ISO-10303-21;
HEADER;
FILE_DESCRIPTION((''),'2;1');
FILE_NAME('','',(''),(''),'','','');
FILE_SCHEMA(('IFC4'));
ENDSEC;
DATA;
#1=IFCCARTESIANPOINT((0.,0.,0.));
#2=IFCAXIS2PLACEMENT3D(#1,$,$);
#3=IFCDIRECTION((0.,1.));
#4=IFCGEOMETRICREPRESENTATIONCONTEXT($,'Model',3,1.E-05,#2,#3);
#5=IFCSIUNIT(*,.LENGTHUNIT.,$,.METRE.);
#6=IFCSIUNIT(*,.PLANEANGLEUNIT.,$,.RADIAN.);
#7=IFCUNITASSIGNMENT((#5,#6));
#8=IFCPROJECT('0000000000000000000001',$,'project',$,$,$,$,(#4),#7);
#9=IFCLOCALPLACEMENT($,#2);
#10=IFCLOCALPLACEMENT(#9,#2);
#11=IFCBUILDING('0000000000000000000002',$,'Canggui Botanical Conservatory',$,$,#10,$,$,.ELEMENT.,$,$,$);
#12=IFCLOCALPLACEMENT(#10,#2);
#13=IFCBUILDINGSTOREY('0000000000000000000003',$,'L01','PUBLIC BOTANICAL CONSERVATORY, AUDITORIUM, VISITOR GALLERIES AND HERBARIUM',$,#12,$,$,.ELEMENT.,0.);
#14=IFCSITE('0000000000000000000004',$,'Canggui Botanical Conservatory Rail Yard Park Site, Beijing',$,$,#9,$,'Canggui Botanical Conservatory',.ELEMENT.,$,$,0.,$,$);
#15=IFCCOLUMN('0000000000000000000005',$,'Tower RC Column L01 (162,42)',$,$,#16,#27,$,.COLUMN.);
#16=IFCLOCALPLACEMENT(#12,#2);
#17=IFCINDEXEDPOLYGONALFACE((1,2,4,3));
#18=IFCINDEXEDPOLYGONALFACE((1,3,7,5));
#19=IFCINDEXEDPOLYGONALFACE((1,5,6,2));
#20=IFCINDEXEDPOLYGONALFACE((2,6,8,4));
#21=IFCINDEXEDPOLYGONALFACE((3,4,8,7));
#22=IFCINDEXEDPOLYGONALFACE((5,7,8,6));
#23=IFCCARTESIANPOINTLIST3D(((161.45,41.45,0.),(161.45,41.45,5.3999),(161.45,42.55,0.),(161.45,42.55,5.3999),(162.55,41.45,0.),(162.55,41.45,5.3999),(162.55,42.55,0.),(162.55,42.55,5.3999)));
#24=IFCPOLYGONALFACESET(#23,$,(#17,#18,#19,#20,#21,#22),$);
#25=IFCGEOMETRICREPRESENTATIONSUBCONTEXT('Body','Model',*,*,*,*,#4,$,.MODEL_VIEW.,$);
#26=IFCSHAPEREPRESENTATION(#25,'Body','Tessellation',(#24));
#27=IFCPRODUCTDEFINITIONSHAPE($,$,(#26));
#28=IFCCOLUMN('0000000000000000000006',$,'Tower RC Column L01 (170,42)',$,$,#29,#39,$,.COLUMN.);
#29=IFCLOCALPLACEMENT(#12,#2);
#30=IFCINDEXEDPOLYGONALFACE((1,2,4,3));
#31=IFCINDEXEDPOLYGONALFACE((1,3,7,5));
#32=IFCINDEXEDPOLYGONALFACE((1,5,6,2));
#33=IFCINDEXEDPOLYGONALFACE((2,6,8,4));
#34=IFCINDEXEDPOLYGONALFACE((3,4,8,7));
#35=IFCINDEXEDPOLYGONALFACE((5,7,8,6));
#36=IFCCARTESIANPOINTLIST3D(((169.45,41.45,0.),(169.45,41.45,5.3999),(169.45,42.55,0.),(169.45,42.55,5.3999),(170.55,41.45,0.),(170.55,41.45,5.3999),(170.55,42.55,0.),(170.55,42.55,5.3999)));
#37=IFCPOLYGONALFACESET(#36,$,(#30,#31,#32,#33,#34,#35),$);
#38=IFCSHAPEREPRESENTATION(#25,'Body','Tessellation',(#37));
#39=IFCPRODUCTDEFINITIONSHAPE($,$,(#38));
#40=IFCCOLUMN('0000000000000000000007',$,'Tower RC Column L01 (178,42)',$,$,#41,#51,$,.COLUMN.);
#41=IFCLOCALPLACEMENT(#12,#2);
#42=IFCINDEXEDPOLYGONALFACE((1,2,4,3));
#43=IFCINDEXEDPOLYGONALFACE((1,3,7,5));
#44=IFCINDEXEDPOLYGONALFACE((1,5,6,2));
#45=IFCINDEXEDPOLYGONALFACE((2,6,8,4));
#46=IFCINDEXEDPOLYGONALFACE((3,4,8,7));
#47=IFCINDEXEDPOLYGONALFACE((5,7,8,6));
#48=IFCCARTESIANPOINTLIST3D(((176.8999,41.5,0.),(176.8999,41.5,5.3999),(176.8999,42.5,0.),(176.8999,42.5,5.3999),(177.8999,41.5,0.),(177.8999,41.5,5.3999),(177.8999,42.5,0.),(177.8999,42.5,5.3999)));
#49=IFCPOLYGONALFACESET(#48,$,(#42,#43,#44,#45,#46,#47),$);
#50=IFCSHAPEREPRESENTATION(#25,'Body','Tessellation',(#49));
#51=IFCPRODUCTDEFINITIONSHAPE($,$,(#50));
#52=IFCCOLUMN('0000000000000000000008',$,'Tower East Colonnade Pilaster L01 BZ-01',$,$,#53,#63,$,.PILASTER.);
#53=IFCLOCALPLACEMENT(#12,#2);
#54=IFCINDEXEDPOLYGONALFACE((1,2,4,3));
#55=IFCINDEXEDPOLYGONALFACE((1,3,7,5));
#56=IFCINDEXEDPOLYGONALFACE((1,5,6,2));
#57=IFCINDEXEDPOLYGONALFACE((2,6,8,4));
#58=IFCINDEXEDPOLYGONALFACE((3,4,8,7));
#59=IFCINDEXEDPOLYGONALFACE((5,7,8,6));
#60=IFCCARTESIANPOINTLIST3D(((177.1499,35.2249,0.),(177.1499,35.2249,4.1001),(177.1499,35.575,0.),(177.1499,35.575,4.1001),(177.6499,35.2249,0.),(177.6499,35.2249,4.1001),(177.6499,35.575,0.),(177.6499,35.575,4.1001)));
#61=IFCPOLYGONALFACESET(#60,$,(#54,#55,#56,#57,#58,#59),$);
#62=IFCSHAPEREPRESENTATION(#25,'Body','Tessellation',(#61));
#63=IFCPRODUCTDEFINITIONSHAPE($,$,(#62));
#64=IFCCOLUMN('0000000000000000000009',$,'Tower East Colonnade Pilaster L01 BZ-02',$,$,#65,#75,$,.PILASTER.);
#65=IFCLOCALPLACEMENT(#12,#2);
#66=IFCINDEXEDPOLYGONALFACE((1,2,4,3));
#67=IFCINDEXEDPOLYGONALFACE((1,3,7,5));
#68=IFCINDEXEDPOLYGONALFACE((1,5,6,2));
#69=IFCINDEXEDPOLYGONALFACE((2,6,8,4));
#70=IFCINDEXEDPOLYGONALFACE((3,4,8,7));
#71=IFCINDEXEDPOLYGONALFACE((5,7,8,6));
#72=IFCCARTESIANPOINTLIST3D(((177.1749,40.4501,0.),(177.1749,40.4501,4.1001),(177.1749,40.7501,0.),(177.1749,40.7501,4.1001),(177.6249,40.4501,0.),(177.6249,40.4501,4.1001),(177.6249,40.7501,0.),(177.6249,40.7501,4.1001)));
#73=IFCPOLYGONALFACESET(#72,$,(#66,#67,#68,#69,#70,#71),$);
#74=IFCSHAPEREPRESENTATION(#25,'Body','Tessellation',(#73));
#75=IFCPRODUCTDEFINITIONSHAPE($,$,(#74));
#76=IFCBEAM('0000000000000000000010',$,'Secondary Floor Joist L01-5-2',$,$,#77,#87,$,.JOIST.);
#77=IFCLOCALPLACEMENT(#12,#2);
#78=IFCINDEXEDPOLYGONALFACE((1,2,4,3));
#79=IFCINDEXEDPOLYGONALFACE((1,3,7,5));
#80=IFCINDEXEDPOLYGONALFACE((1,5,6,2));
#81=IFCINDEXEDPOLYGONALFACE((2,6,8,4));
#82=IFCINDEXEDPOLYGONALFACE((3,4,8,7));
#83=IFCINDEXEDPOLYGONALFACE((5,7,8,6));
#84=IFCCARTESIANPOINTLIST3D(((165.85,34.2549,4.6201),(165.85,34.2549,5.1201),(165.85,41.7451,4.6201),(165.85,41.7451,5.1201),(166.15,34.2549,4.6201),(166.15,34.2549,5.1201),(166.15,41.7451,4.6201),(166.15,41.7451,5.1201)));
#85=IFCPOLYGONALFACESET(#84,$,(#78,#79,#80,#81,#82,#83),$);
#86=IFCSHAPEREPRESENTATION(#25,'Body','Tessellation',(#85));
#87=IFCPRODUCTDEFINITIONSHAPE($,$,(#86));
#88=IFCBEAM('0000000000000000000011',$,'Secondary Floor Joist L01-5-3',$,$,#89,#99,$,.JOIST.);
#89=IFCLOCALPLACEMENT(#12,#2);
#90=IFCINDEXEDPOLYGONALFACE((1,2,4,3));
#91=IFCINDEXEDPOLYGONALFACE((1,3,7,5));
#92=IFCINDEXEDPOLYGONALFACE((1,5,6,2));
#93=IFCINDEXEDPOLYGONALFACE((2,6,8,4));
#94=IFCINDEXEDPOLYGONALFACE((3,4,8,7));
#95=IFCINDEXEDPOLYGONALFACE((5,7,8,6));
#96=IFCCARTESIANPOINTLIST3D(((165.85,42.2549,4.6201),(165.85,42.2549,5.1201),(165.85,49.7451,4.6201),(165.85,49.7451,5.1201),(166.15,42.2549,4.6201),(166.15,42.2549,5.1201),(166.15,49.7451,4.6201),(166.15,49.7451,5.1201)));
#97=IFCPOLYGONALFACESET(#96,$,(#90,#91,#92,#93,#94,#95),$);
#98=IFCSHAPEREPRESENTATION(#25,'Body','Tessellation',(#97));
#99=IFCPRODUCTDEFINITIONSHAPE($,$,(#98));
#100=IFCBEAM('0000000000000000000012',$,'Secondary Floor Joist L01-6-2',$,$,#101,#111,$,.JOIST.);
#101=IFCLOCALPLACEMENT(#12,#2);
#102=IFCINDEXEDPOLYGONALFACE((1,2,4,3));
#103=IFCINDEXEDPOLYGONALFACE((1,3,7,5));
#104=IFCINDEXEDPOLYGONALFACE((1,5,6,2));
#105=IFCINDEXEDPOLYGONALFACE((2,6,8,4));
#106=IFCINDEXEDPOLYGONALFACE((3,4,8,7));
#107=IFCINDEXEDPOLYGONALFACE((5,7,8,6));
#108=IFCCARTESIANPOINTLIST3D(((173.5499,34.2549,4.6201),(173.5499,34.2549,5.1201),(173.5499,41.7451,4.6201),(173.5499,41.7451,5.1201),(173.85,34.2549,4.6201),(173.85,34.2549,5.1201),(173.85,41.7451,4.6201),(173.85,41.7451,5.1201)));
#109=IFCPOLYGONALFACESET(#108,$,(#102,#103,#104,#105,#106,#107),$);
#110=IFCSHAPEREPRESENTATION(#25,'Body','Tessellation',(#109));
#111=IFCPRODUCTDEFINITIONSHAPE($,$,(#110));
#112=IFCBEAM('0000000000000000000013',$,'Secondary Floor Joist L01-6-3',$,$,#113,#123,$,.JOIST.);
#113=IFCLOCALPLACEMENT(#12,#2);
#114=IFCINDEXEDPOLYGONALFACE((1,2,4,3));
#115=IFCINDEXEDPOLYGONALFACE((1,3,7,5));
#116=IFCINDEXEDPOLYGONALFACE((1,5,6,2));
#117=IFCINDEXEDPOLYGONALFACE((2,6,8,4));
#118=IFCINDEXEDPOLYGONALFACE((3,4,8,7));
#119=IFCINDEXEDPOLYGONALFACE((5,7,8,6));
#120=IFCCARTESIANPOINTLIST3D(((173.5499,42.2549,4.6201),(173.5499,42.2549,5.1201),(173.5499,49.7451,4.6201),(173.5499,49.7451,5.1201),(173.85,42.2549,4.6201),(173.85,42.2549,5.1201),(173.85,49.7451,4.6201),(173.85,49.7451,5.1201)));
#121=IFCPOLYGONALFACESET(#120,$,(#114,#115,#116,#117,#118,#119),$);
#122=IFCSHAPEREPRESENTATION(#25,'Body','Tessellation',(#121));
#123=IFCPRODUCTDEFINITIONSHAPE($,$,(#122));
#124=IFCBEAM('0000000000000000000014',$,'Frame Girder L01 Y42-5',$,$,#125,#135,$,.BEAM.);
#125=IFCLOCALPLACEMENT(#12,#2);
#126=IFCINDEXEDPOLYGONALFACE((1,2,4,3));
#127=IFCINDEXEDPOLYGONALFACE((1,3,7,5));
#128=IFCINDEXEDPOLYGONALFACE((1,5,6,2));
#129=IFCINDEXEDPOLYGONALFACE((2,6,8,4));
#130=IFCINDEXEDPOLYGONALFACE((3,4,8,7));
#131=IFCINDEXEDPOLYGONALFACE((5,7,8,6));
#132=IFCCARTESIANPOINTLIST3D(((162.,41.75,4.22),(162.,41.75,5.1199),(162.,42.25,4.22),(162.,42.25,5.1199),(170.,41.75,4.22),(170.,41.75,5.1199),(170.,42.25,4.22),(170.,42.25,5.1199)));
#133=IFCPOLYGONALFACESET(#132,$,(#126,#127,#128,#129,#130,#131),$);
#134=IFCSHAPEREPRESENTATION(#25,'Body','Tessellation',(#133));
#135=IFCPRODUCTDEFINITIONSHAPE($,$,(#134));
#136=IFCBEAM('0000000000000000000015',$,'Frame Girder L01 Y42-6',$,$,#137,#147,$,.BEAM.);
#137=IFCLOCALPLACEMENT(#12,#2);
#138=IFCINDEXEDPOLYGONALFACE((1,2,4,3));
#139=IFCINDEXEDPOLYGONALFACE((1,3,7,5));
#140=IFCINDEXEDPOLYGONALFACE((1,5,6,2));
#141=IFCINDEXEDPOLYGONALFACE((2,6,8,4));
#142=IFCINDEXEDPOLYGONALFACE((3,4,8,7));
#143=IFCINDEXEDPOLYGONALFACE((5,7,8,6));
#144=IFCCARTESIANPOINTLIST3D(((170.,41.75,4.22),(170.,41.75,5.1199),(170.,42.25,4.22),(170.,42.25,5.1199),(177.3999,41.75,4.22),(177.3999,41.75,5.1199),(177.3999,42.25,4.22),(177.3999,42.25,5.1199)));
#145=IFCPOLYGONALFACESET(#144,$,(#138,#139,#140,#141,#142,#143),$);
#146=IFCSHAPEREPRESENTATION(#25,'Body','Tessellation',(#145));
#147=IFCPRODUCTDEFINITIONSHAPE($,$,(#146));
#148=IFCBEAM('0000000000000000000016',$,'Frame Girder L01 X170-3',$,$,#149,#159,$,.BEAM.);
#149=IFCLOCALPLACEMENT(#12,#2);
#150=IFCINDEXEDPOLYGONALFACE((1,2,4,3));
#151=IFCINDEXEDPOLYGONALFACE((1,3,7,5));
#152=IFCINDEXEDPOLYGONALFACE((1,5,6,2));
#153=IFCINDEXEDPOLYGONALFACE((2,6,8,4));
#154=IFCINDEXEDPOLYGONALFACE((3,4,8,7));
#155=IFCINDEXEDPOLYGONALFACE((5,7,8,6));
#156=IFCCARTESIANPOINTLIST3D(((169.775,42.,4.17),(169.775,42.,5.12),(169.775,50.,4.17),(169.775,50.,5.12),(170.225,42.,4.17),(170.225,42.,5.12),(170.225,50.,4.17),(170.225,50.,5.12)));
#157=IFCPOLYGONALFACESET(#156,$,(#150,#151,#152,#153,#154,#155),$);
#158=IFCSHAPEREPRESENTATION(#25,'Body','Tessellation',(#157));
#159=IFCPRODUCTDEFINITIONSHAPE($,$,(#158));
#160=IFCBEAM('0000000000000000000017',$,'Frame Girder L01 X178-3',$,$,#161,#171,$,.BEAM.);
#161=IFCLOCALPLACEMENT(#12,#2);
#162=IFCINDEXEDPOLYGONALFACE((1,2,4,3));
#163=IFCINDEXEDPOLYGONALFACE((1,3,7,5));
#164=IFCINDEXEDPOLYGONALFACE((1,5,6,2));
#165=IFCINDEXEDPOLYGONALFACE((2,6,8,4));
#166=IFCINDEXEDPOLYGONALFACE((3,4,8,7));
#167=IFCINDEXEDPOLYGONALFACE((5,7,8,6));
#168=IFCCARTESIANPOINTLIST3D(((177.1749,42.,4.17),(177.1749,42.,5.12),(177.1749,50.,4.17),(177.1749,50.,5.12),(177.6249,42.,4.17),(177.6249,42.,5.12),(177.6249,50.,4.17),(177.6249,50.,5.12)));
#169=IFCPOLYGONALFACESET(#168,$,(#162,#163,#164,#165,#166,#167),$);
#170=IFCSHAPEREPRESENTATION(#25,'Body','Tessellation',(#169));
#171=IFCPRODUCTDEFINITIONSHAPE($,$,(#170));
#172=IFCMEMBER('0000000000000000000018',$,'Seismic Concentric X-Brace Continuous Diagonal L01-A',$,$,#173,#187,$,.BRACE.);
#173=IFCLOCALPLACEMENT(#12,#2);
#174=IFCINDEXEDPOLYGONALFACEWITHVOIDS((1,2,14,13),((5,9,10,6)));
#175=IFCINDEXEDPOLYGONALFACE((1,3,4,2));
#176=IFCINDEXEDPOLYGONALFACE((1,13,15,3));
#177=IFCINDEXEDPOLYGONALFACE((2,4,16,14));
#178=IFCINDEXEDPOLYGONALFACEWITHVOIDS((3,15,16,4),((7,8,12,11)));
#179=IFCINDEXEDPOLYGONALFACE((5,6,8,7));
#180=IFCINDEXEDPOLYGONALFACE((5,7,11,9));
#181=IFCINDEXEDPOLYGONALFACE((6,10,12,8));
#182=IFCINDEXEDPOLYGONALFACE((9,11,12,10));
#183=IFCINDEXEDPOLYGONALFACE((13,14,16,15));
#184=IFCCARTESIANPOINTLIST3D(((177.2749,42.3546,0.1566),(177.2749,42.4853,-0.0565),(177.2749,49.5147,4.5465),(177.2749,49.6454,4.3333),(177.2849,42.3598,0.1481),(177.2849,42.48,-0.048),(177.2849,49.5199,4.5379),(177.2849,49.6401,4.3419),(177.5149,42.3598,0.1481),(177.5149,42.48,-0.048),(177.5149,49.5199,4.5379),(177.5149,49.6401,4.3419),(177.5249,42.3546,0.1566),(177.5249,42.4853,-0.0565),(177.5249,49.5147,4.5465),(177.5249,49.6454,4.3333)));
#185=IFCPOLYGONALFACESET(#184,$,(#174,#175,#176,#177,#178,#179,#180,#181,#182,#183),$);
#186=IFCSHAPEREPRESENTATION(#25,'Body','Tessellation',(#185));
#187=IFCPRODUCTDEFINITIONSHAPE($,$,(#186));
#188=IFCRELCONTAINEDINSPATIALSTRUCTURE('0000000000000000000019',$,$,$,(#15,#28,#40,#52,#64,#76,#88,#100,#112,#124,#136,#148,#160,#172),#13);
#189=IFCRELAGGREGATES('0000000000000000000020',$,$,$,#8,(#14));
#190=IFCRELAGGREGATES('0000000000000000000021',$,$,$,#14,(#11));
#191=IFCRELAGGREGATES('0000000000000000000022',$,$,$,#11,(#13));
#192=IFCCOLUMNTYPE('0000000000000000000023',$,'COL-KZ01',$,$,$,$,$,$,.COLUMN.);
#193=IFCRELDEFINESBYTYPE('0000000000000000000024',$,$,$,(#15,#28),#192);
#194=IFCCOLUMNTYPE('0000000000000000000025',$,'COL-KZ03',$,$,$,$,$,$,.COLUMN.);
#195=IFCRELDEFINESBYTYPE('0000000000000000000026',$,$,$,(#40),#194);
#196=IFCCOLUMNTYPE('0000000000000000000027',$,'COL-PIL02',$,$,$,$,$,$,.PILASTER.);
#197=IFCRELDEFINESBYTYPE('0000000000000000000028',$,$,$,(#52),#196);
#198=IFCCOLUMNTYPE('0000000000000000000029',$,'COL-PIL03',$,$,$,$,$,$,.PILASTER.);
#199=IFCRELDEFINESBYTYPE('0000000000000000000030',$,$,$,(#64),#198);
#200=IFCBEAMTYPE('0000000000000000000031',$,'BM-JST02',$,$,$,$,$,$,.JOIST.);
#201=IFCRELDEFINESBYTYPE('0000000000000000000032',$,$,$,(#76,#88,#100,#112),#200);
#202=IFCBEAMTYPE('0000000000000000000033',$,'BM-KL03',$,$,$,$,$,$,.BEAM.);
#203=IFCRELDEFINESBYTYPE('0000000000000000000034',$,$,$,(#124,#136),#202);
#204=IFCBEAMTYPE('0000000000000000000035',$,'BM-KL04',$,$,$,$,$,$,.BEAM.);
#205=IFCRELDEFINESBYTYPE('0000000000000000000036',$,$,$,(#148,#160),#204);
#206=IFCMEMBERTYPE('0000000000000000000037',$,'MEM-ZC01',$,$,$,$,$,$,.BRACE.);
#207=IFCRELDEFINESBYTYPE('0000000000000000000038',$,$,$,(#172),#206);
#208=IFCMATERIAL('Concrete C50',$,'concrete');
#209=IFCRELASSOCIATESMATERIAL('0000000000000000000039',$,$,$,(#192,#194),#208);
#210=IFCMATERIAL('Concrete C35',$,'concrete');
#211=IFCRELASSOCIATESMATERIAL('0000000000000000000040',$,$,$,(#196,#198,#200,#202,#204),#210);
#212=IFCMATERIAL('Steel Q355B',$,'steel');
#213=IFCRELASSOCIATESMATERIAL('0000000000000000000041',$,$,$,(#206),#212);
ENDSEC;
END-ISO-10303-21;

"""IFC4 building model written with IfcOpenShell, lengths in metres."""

from ifc_helpers import new_model, si_unit, direction, frame, origin, origin_2d, place, context, subcontext, project, spatial, rectangle, hollow_rectangle, extrude, material, material_profile, profile_set, type_object, element, save


model = new_model("IFC4")

# Units and contexts
model_context = context("Model", 3, precision=1e-05, world=origin(), true_north=direction((0.0, 1.0)))
body_context = subcontext(model_context, "Body", "Model", "MODEL_VIEW")
ifc_project = project(units=[si_unit("LENGTHUNIT", "METRE"), si_unit("PLANEANGLEUNIT", "RADIAN")], contexts=[model_context])

# Site, building, storey
site_placement = place(None, origin())
site = spatial("IfcSite", under=ifc_project, at=site_placement, Name="Canggui Botanical Conservatory Rail Yard Park Site, Beijing", LongName="Canggui Botanical Conservatory", CompositionType="ELEMENT", RefElevation=0.0)
building_placement = place(site_placement, origin())
building = spatial("IfcBuilding", under=site, at=building_placement, Name="Canggui Botanical Conservatory", CompositionType="ELEMENT")
storey_placement = place(building_placement, origin())
storey = spatial("IfcBuildingStorey", under=building, at=storey_placement, Name="L01", Description="PUBLIC BOTANICAL CONSERVATORY, AUDITORIUM, VISITOR GALLERIES AND HERBARIUM", CompositionType="ELEMENT", Elevation=0.0)

# Columns
ifc_material_1 = material(Name="Concrete C50", Category="concrete")
ifc_material_profile_1 = material_profile(ifc_material_1, rectangle(XDim=1.1001, YDim=1.1001, at=origin_2d()), Name="RC 1100x1100")
ifc_profile_set_1 = profile_set([ifc_material_profile_1], Name="Concrete C50")
column_type_1 = type_object("IfcColumnType", Name="COL-KZ01", PredefinedType="COLUMN", material=ifc_profile_set_1)
for number, where, z_axis, x_axis, name in (
    (1, (162.0, 42.0, 0.0), (0.0, 0.0, 1.0), (1.0, 0.0, 0.0), "Tower RC Column L01 (162,42)"),
    (2, (170.0, 42.0, 0.0), (0.0, 0.0, 1.0), (1.0, 0.0, 0.0), "Tower RC Column L01 (170,42)"),
):
    element("IfcColumn", number, at=place(storey_placement, frame(where, z_axis=z_axis, x_axis=x_axis)), inside=storey, type_object=column_type_1, Name=name, PredefinedType="COLUMN", context=body_context, shape_type="SweptSolid", body=[
        extrude(rectangle(XDim=1.1001, YDim=1.1001, at=origin_2d()), origin(), (0.0, 0.0, 1.0), 5.3999),
    ])
ifc_material_profile_2 = material_profile(ifc_material_1, rectangle(XDim=1.0, YDim=1.0, at=origin_2d()), Name="RC 1000x1000")
ifc_profile_set_2 = profile_set([ifc_material_profile_2], Name="Concrete C50")
column_type_2 = type_object("IfcColumnType", Name="COL-KZ03", PredefinedType="COLUMN", material=ifc_profile_set_2)
column_1_placement = place(storey_placement, frame((177.3999, 42.0, 0.0), z_axis=(0.0, 0.0, 1.0), x_axis=(1.0, 0.0, 0.0)))
element("IfcColumn", 3, at=column_1_placement, inside=storey, type_object=column_type_2, Name="Tower RC Column L01 (178,42)", PredefinedType="COLUMN", context=body_context, shape_type="SweptSolid", body=[
    extrude(rectangle(XDim=1.0, YDim=1.0, at=origin_2d()), origin(), (0.0, 0.0, 1.0), 5.3999),
])
ifc_material_2 = material(Name="Concrete C35", Category="concrete")
ifc_material_profile_3 = material_profile(ifc_material_2, rectangle(XDim=0.3501, YDim=0.5, at=origin_2d()), Name="RC 350x500")
ifc_profile_set_3 = profile_set([ifc_material_profile_3], Name="Concrete C35")
column_type_3 = type_object("IfcColumnType", Name="COL-PIL02", PredefinedType="PILASTER", material=ifc_profile_set_3)
column_2_placement = place(storey_placement, frame((177.3999, 35.3999, 0.0), z_axis=(0.0, 0.0, 1.0), x_axis=(0.0, 1.0, 0.0)))
element("IfcColumn", 4, at=column_2_placement, inside=storey, type_object=column_type_3, Name="Tower East Colonnade Pilaster L01 BZ-01", PredefinedType="PILASTER", context=body_context, shape_type="SweptSolid", body=[
    extrude(rectangle(XDim=0.3501, YDim=0.5, at=origin_2d()), origin(), (0.0, 0.0, 1.0), 4.1001),
])
ifc_material_profile_4 = material_profile(ifc_material_2, rectangle(XDim=0.3, YDim=0.45, at=origin_2d()), Name="RC 300x450")
ifc_profile_set_4 = profile_set([ifc_material_profile_4], Name="Concrete C35")
column_type_4 = type_object("IfcColumnType", Name="COL-PIL03", PredefinedType="PILASTER", material=ifc_profile_set_4)
column_3_placement = place(storey_placement, frame((177.3999, 40.6001, 0.0), z_axis=(0.0, 0.0, 1.0), x_axis=(0.0, 1.0, 0.0)))
element("IfcColumn", 5, at=column_3_placement, inside=storey, type_object=column_type_4, Name="Tower East Colonnade Pilaster L01 BZ-02", PredefinedType="PILASTER", context=body_context, shape_type="SweptSolid", body=[
    extrude(rectangle(XDim=0.3, YDim=0.45, at=origin_2d()), origin(), (0.0, 0.0, 1.0), 4.1001),
])

# Beams
ifc_material_profile_5 = material_profile(ifc_material_2, rectangle(XDim=0.3, YDim=0.5, at=origin_2d()), Name="RB 300x500")
ifc_profile_set_5 = profile_set([ifc_material_profile_5], Name="Concrete C35")
beam_type_1 = type_object("IfcBeamType", Name="BM-JST02", PredefinedType="JOIST", material=ifc_profile_set_5)
for number, where, z_axis, x_axis, name in (
    (6, (166.0, 34.2549, 4.8701), (0.0, 1.0, 0.0), (-1.0, 0.0, 0.0), "Secondary Floor Joist L01-5-2"),
    (7, (166.0, 42.2549, 4.8701), (0.0, 1.0, 0.0), (-1.0, 0.0, 0.0), "Secondary Floor Joist L01-5-3"),
    (8, (173.7, 34.2549, 4.8701), (0.0, 1.0, 0.0), (-1.0, 0.0, 0.0), "Secondary Floor Joist L01-6-2"),
    (9, (173.7, 42.2549, 4.8701), (0.0, 1.0, 0.0), (-1.0, 0.0, 0.0), "Secondary Floor Joist L01-6-3"),
):
    element("IfcBeam", number, at=place(storey_placement, frame(where, z_axis=z_axis, x_axis=x_axis)), inside=storey, type_object=beam_type_1, Name=name, PredefinedType="JOIST", context=body_context, shape_type="SweptSolid", body=[
        extrude(rectangle(XDim=0.3, YDim=0.5, at=origin_2d()), origin(), (0.0, 0.0, 1.0), 7.4902),
    ])
ifc_material_profile_6 = material_profile(ifc_material_2, rectangle(XDim=0.5, YDim=0.8999, at=origin_2d()), Name="RB 500x900")
ifc_profile_set_6 = profile_set([ifc_material_profile_6], Name="Concrete C35")
beam_type_2 = type_object("IfcBeamType", Name="BM-KL03", PredefinedType="BEAM", material=ifc_profile_set_6)
beam_1_placement = place(storey_placement, frame((162.0, 42.0, 4.6699), z_axis=(1.0, 0.0, 0.0), x_axis=(0.0, 1.0, 0.0)))
element("IfcBeam", 10, at=beam_1_placement, inside=storey, type_object=beam_type_2, Name="Frame Girder L01 Y42-5", PredefinedType="BEAM", context=body_context, shape_type="SweptSolid", body=[
    extrude(rectangle(XDim=0.5, YDim=0.8999, at=origin_2d()), origin(), (0.0, 0.0, 1.0), 8.0),
])
beam_2_placement = place(storey_placement, frame((170.0, 42.0, 4.6699), z_axis=(1.0, 0.0, 0.0), x_axis=(0.0, 1.0, 0.0)))
element("IfcBeam", 11, at=beam_2_placement, inside=storey, type_object=beam_type_2, Name="Frame Girder L01 Y42-6", PredefinedType="BEAM", context=body_context, shape_type="SweptSolid", body=[
    extrude(rectangle(XDim=0.5, YDim=0.8999, at=origin_2d()), origin(), (0.0, 0.0, 1.0), 7.3999),
])
ifc_material_profile_7 = material_profile(ifc_material_2, rectangle(XDim=0.45, YDim=0.95, at=origin_2d()), Name="RB 450x950")
ifc_profile_set_7 = profile_set([ifc_material_profile_7], Name="Concrete C35")
beam_type_3 = type_object("IfcBeamType", Name="BM-KL04", PredefinedType="BEAM", material=ifc_profile_set_7)
for number, where, z_axis, x_axis, name in (
    (12, (170.0, 42.0, 4.645), (0.0, 1.0, 0.0), (-1.0, 0.0, 0.0), "Frame Girder L01 X170-3"),
    (13, (177.3999, 42.0, 4.645), (0.0, 1.0, 0.0), (-1.0, 0.0, 0.0), "Frame Girder L01 X178-3"),
):
    element("IfcBeam", number, at=place(storey_placement, frame(where, z_axis=z_axis, x_axis=x_axis)), inside=storey, type_object=beam_type_3, Name=name, PredefinedType="BEAM", context=body_context, shape_type="SweptSolid", body=[
        extrude(rectangle(XDim=0.45, YDim=0.95, at=origin_2d()), origin(), (0.0, 0.0, 1.0), 8.0),
    ])

# Member
ifc_material_3 = material(Name="Steel Q355B", Category="steel")
ifc_material_profile_8 = material_profile(ifc_material_3, hollow_rectangle(XDim=0.25, YDim=0.25, WallThickness=0.01, at=origin_2d()), Name="SHS 250x250x10")
ifc_profile_set_8 = profile_set([ifc_material_profile_8], Name="Steel Q355B")
member_type = type_object("IfcMemberType", Name="MEM-ZC01", PredefinedType="BRACE", material=ifc_profile_set_8)
member_1_placement = place(storey_placement, frame((177.3999, 42.4199, 0.05), z_axis=(0.0, 0.852526, 0.522684), x_axis=(-1.0, 0.0, 0.0)))
element("IfcMember", 14, at=member_1_placement, inside=storey, type_object=member_type, Name="Seismic Concentric X-Brace Continuous Diagonal L01-A", PredefinedType="BRACE", context=body_context, shape_type="SweptSolid", body=[
    extrude(hollow_rectangle(XDim=0.25, YDim=0.25, WallThickness=0.01, at=origin_2d()), origin(), (0.0, 0.0, 1.0), 8.3987),
])

save(model, "model.ifc")
